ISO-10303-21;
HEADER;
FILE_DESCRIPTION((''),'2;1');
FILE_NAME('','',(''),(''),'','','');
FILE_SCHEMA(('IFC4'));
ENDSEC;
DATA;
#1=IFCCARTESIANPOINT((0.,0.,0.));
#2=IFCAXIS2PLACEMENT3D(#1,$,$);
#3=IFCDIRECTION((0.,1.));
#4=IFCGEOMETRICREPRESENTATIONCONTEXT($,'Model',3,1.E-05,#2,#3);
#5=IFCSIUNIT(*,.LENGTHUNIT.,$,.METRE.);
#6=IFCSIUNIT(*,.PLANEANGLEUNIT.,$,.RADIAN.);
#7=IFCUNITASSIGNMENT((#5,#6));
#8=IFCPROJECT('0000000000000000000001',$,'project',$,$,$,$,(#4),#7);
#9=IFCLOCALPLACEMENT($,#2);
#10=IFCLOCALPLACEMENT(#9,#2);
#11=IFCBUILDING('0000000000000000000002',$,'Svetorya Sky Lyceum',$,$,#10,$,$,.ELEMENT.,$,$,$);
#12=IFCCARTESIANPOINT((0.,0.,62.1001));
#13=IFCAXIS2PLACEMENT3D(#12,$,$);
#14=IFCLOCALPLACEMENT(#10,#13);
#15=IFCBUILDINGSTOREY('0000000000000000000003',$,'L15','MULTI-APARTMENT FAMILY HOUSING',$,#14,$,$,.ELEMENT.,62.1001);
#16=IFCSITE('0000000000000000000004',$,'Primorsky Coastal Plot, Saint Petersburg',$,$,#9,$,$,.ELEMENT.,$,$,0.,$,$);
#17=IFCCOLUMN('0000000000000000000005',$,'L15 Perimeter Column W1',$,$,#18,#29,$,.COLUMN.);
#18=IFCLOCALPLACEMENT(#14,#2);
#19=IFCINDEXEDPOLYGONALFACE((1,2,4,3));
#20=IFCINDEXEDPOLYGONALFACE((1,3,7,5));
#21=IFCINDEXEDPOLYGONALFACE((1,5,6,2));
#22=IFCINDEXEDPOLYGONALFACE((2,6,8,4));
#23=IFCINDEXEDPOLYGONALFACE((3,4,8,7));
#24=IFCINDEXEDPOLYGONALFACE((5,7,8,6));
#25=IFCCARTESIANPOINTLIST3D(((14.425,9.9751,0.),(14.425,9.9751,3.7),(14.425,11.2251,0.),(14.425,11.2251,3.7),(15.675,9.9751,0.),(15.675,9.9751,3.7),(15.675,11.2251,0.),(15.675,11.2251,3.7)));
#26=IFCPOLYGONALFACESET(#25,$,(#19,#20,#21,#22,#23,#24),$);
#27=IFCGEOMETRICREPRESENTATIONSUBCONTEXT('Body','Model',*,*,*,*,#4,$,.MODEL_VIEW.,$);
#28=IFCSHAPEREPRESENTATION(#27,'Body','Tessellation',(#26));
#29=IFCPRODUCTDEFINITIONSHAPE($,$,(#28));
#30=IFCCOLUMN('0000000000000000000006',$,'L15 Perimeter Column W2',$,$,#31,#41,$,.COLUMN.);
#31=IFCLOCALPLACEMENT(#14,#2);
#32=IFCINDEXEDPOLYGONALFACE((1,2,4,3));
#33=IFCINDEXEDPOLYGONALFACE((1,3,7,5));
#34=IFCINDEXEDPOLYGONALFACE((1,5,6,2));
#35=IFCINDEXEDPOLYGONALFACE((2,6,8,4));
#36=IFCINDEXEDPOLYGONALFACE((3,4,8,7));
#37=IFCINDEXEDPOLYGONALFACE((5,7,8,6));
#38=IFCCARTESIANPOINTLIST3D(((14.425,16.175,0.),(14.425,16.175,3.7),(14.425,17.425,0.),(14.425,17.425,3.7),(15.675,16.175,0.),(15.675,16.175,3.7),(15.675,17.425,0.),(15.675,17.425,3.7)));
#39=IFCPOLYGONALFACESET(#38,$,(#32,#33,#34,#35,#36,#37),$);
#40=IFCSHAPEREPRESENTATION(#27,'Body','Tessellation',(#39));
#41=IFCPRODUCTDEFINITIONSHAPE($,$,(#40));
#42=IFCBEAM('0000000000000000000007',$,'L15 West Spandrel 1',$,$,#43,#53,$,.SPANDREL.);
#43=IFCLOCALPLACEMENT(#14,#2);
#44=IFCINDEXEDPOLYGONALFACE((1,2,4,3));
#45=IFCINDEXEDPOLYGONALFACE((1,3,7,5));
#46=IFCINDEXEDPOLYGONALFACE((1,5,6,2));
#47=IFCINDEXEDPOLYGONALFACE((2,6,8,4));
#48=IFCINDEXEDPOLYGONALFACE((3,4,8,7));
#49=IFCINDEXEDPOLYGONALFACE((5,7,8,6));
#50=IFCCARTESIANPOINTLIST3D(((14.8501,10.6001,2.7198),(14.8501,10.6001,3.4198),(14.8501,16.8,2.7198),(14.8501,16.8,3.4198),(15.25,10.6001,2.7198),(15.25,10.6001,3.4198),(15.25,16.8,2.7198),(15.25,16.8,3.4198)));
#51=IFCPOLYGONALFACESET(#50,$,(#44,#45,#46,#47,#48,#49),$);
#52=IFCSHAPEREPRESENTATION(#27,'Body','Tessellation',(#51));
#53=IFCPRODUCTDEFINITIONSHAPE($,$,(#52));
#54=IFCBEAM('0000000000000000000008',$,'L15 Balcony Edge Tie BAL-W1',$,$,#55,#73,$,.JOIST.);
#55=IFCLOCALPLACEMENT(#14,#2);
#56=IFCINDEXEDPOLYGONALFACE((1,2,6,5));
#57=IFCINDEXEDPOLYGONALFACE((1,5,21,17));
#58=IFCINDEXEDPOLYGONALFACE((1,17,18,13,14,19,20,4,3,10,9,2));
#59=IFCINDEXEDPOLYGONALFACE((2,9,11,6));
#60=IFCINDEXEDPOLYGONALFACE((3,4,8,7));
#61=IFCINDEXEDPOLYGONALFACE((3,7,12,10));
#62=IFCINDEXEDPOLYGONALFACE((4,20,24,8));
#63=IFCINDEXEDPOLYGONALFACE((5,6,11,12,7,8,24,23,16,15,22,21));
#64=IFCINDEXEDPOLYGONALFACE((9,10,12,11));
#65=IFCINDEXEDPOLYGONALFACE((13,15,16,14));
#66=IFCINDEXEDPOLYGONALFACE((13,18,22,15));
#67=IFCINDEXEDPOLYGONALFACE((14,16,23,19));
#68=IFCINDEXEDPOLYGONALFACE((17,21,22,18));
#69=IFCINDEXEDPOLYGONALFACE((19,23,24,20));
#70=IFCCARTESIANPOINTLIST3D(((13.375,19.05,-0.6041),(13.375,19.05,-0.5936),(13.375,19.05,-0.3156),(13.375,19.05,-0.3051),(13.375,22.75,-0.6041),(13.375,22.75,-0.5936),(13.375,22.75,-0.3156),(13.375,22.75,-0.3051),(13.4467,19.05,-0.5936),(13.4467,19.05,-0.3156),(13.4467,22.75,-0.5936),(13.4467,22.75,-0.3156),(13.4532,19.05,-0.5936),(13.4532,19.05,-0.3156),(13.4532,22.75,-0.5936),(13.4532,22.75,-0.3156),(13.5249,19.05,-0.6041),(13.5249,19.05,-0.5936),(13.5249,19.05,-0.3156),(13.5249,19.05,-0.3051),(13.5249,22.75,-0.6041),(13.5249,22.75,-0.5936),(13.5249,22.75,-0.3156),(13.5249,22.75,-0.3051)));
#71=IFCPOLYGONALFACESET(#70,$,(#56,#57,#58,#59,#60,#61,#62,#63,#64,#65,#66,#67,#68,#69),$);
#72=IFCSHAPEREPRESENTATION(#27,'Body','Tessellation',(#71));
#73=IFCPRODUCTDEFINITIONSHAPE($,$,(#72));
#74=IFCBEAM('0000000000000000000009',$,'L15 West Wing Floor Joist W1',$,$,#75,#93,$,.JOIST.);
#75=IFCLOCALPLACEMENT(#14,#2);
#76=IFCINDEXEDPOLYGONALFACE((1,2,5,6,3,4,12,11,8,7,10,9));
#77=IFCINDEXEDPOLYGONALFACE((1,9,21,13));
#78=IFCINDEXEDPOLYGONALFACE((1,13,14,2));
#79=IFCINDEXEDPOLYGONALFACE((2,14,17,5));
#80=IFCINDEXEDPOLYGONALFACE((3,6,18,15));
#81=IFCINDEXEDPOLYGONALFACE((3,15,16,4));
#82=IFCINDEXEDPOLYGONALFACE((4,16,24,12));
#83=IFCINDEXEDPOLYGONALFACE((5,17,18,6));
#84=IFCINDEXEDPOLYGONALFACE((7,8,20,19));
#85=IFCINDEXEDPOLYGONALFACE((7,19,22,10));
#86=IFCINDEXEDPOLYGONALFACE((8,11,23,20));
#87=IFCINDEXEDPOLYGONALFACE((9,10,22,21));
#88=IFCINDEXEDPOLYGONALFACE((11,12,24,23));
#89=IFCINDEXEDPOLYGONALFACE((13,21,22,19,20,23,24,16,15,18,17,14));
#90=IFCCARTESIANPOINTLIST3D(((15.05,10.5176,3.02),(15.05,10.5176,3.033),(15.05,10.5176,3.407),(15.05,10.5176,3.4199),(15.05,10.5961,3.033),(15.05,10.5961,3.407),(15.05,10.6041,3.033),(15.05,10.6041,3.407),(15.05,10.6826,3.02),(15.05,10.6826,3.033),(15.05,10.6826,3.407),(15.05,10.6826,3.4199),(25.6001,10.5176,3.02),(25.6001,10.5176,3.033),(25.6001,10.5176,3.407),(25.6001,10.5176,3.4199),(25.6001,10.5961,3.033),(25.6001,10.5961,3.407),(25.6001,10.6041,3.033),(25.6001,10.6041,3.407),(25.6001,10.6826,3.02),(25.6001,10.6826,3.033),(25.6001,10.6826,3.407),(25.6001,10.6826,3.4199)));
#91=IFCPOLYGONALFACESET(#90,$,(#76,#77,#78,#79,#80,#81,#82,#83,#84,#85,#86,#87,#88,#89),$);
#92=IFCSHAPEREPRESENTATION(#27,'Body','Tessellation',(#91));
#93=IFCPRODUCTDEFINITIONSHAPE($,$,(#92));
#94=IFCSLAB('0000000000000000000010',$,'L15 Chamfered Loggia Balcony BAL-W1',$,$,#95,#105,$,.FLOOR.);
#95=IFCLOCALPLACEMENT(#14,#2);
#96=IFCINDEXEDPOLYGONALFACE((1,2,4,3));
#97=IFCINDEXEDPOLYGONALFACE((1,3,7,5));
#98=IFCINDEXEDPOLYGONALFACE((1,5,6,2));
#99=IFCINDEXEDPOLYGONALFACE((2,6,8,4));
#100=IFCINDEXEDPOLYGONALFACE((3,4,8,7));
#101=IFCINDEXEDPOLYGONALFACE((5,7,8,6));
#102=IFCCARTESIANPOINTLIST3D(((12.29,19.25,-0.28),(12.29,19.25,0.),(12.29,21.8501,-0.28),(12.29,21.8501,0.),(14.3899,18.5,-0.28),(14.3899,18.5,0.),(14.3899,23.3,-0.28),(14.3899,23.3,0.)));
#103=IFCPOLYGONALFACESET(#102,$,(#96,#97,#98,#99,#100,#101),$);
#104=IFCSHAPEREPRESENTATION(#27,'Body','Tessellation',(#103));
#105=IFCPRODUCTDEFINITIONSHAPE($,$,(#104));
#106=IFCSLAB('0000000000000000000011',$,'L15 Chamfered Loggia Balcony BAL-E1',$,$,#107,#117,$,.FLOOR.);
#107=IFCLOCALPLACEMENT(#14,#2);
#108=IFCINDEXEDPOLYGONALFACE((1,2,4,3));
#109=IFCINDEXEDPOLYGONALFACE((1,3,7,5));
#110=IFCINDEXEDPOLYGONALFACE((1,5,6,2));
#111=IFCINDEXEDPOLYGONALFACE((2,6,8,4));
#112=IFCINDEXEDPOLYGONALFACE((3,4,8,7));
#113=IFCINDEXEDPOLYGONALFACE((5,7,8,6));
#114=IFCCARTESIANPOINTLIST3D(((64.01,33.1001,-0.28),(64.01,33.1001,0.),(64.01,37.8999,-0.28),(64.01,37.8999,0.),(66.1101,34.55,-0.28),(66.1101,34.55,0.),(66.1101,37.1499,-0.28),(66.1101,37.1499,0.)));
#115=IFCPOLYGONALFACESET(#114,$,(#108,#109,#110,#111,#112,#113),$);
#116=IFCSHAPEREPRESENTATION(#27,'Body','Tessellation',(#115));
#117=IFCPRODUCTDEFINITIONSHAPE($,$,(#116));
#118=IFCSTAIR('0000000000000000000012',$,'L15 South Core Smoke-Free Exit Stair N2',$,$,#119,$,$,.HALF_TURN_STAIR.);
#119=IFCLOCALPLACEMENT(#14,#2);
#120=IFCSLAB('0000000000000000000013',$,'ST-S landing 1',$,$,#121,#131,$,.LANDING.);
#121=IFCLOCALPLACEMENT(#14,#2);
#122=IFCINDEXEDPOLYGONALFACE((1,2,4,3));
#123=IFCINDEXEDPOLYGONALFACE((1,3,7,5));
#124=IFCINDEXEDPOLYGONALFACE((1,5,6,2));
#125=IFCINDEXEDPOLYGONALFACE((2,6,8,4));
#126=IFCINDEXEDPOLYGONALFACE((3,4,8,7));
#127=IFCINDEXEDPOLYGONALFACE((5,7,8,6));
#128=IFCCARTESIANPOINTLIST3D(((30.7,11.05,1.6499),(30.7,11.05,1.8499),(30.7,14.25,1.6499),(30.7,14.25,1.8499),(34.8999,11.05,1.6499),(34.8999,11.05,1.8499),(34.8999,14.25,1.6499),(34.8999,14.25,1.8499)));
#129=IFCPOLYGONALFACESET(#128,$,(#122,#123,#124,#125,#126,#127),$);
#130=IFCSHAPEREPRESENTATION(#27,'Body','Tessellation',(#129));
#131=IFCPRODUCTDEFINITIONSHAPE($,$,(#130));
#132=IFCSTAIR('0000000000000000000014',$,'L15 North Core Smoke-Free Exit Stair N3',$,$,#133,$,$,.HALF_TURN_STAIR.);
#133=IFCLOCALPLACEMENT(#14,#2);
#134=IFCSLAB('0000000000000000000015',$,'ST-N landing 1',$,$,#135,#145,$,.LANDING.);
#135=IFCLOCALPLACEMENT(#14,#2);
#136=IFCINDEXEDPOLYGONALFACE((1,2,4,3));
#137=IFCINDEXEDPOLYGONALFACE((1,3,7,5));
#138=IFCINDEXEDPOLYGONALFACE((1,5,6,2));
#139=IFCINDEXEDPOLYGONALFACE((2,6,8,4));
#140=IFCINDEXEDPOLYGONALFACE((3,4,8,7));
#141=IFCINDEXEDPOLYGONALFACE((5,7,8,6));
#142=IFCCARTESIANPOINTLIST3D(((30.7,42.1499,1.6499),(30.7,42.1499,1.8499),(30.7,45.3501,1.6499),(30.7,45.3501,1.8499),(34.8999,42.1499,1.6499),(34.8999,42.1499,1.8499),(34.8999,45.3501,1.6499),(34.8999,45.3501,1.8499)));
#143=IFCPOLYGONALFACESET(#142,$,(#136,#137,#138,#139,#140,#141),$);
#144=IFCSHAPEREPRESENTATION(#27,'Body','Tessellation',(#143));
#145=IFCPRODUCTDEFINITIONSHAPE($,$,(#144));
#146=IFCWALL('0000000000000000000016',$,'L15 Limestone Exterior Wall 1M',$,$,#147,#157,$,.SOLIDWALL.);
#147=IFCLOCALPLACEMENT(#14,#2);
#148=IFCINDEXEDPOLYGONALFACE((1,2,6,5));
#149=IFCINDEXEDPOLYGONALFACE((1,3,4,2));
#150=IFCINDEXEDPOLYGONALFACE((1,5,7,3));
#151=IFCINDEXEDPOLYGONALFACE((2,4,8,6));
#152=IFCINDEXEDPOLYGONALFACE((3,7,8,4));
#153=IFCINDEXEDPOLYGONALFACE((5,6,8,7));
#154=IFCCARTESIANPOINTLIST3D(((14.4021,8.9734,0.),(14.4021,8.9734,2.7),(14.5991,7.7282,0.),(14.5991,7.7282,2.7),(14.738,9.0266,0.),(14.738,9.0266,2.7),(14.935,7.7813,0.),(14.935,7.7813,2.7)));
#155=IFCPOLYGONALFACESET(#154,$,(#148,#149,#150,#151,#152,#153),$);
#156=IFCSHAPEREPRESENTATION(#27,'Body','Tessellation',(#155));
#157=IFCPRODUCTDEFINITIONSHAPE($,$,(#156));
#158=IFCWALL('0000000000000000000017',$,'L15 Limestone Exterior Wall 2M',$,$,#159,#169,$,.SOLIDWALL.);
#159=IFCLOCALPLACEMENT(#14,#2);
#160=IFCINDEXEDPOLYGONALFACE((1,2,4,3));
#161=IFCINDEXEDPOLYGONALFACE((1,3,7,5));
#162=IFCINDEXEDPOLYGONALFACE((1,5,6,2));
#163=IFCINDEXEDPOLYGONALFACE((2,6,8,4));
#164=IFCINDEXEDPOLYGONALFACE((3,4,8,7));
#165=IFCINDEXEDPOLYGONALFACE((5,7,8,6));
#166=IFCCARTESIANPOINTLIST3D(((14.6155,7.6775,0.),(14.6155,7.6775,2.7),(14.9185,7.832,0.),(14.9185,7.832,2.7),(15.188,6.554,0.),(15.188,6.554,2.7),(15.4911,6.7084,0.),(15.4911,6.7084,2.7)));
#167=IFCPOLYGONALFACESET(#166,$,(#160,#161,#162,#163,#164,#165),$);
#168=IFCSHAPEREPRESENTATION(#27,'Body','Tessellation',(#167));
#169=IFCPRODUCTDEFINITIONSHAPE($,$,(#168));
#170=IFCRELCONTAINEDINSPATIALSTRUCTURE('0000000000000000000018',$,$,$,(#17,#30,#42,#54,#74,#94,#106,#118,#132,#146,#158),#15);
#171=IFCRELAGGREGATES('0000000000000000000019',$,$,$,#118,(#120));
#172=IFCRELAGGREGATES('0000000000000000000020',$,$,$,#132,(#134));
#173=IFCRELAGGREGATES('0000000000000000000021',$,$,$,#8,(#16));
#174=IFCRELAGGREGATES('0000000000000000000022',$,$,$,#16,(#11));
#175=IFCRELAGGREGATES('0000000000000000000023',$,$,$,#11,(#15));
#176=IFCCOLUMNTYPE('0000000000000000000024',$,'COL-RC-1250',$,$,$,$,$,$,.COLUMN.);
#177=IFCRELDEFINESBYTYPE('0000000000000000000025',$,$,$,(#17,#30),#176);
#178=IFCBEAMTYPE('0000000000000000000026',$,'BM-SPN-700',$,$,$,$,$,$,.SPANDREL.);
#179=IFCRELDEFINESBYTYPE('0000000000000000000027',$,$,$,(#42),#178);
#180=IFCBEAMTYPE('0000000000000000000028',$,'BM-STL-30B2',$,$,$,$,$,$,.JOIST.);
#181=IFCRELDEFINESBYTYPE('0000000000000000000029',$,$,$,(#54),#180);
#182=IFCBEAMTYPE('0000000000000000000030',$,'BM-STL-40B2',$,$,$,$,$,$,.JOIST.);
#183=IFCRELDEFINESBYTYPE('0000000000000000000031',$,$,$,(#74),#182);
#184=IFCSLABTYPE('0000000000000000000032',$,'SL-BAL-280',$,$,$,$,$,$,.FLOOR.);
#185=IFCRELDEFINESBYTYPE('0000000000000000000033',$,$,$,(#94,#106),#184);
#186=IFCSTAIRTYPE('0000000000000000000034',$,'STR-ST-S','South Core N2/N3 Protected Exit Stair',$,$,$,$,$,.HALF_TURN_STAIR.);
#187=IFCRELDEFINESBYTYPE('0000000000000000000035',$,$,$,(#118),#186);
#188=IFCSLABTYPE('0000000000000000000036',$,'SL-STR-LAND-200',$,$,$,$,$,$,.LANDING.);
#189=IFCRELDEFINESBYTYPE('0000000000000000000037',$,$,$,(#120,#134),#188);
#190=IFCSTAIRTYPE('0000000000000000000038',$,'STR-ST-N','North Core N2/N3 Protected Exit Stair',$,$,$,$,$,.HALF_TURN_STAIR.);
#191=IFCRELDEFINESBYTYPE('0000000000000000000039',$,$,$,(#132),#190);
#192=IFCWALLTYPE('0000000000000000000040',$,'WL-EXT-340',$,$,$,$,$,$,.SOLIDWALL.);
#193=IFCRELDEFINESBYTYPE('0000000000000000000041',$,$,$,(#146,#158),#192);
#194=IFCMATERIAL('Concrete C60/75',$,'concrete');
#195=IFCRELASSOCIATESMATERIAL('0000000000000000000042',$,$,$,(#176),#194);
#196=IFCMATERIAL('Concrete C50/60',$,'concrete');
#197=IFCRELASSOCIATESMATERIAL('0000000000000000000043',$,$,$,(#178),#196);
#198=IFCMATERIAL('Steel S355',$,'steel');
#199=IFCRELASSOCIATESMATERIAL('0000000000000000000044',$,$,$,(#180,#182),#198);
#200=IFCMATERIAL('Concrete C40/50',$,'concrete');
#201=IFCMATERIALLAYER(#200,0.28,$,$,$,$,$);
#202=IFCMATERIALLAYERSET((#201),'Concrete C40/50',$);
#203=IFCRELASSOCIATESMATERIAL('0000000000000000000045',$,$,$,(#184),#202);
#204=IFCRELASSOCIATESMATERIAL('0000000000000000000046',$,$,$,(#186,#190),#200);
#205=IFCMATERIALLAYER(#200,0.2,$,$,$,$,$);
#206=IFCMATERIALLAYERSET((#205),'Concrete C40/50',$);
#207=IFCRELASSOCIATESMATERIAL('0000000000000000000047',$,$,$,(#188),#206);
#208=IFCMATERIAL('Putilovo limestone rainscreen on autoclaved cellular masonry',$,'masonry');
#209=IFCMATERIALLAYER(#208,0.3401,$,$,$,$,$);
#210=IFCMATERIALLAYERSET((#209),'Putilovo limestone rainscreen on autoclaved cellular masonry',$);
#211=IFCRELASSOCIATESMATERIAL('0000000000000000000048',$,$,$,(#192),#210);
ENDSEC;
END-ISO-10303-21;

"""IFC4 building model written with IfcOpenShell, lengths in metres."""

from ifc_helpers import new_model, si_unit, direction, frame, frame_2d, origin, origin_2d, place, context, subcontext, project, spatial, polyline, rectangle, i_section, outline, extrude, material, layer, layer_set, material_profile, profile_set, type_object, element, aggregate, save


model = new_model("IFC4")

# Units and contexts
model_context = context("Model", 3, precision=1e-05, world=origin(), true_north=direction((0.0, 1.0)))
body_context = subcontext(model_context, "Body", "Model", "MODEL_VIEW")
ifc_project = project(units=[si_unit("LENGTHUNIT", "METRE"), si_unit("PLANEANGLEUNIT", "RADIAN")], contexts=[model_context])

# Site, building, storey
site_placement = place(None, origin())
site = spatial("IfcSite", under=ifc_project, at=site_placement, Name="Primorsky Coastal Plot, Saint Petersburg", CompositionType="ELEMENT", RefElevation=0.0)
building_placement = place(site_placement, origin())
building = spatial("IfcBuilding", under=site, at=building_placement, Name="Svetorya Sky Lyceum", CompositionType="ELEMENT")
storey_placement = place(building_placement, frame((0.0, 0.0, 62.1001)))
storey = spatial("IfcBuildingStorey", under=building, at=storey_placement, Name="L15", Description="MULTI-APARTMENT FAMILY HOUSING", CompositionType="ELEMENT", Elevation=62.1001)

# Columns
ifc_material_1 = material(Name="Concrete C60/75", Category="concrete")
ifc_material_profile_1 = material_profile(ifc_material_1, rectangle(XDim=1.25, YDim=1.25, at=origin_2d()), Name="RC COL 1250x1250")
ifc_profile_set_1 = profile_set([ifc_material_profile_1], Name="Concrete C60/75")
column_type = type_object("IfcColumnType", Name="COL-RC-1250", PredefinedType="COLUMN", material=ifc_profile_set_1)
for number, where, z_axis, x_axis, name in (
    (1, (15.05, 10.6001, 0.0), (0.0, 0.0, 1.0), (1.0, 0.0, 0.0), "L15 Perimeter Column W1"),
    (2, (15.05, 16.8, 0.0), (0.0, 0.0, 1.0), (1.0, 0.0, 0.0), "L15 Perimeter Column W2"),
):
    element("IfcColumn", number, at=place(storey_placement, frame(where, z_axis=z_axis, x_axis=x_axis)), inside=storey, type_object=column_type, Name=name, PredefinedType="COLUMN", context=body_context, shape_type="SweptSolid", body=[
        extrude(rectangle(XDim=1.25, YDim=1.25, at=origin_2d()), origin(), (0.0, 0.0, 1.0), 3.7),
    ])

# Beams
ifc_material_2 = material(Name="Concrete C50/60", Category="concrete")
ifc_material_profile_2 = material_profile(ifc_material_2, rectangle(XDim=0.3999, YDim=0.7, at=origin_2d()), Name="RC SPANDREL 400x700")
ifc_profile_set_2 = profile_set([ifc_material_profile_2], Name="Concrete C50/60")
beam_type_1 = type_object("IfcBeamType", Name="BM-SPN-700", PredefinedType="SPANDREL", material=ifc_profile_set_2)
beam_1_placement = place(storey_placement, frame((15.05, 10.6001, 3.0698), z_axis=(0.0, 1.0, 0.0), x_axis=(-1.0, 0.0, 0.0)))
element("IfcBeam", 3, at=beam_1_placement, inside=storey, type_object=beam_type_1, Name="L15 West Spandrel 1", PredefinedType="SPANDREL", context=body_context, shape_type="SweptSolid", body=[
    extrude(rectangle(XDim=0.3999, YDim=0.7, at=origin_2d()), origin(), (0.0, 0.0, 1.0), 6.2),
])
ifc_material_3 = material(Name="Steel S355", Category="steel")
ifc_material_profile_3 = material_profile(ifc_material_3, i_section(OverallWidth=0.1499, OverallDepth=0.2991, WebThickness=0.0066, FlangeThickness=0.0105, at=origin_2d()), Name="GOST 30B2")
ifc_profile_set_3 = profile_set([ifc_material_profile_3], Name="Steel S355")
beam_type_2 = type_object("IfcBeamType", Name="BM-STL-30B2", PredefinedType="JOIST", material=ifc_profile_set_3)
beam_2_placement = place(storey_placement, frame((13.45, 19.05, -0.4546), z_axis=(0.0, 1.0, 0.0), x_axis=(-1.0, 0.0, 0.0)))
element("IfcBeam", 4, at=beam_2_placement, inside=storey, type_object=beam_type_2, Name="L15 Balcony Edge Tie BAL-W1", PredefinedType="JOIST", context=body_context, shape_type="SweptSolid", body=[
    extrude(i_section(OverallWidth=0.1499, OverallDepth=0.2991, WebThickness=0.0066, FlangeThickness=0.0105, at=origin_2d()), origin(), (0.0, 0.0, 1.0), 3.7),
])
ifc_material_profile_4 = material_profile(ifc_material_3, i_section(OverallWidth=0.165, OverallDepth=0.3999, WebThickness=0.0081, FlangeThickness=0.0129, at=origin_2d()), Name="GOST 40B2")
ifc_profile_set_4 = profile_set([ifc_material_profile_4], Name="Steel S355")
beam_type_3 = type_object("IfcBeamType", Name="BM-STL-40B2", PredefinedType="JOIST", material=ifc_profile_set_4)
beam_3_placement = place(storey_placement, frame((15.05, 10.6001, 3.22), z_axis=(1.0, 0.0, 0.0), x_axis=(0.0, 1.0, 0.0)))
element("IfcBeam", 5, at=beam_3_placement, inside=storey, type_object=beam_type_3, Name="L15 West Wing Floor Joist W1", PredefinedType="JOIST", context=body_context, shape_type="SweptSolid", body=[
    extrude(i_section(OverallWidth=0.165, OverallDepth=0.3999, WebThickness=0.0081, FlangeThickness=0.0129, at=origin_2d()), origin(), (0.0, 0.0, 1.0), 10.55),
])

# Slabs
ifc_material_4 = material(Name="Concrete C40/50", Category="concrete")
ifc_layer_1 = layer(ifc_material_4, 0.28)
ifc_layer_set_1 = layer_set([ifc_layer_1], Name="Concrete C40/50")
slab_type_1 = type_object("IfcSlabType", Name="SL-BAL-280", PredefinedType="FLOOR", material=ifc_layer_set_1)
slab_1_placement = place(storey_placement, frame((0.0, 0.0, -0.28)))
element("IfcSlab", 6, at=slab_1_placement, inside=storey, type_object=slab_type_1, Name="L15 Chamfered Loggia Balcony BAL-W1", PredefinedType="FLOOR", context=body_context, shape_type="SweptSolid", body=[
    extrude(outline(polyline([(14.3899, 18.5), (14.3899, 23.3), (12.29, 21.8501), (12.29, 19.25), (14.3899, 18.5)])), origin(), (0.0, 0.0, 1.0), 0.28),
])
slab_2_placement = place(storey_placement, frame((0.0, 0.0, -0.28)))
element("IfcSlab", 7, at=slab_2_placement, inside=storey, type_object=slab_type_1, Name="L15 Chamfered Loggia Balcony BAL-E1", PredefinedType="FLOOR", context=body_context, shape_type="SweptSolid", body=[
    extrude(outline(polyline([(64.01, 33.1001), (66.1101, 34.55), (66.1101, 37.1499), (64.01, 37.8999), (64.01, 33.1001)])), origin(), (0.0, 0.0, 1.0), 0.28),
])

# Stairs, slabs
stair_type_1 = type_object("IfcStairType", Name="STR-ST-S", Description="South Core N2/N3 Protected Exit Stair", PredefinedType="HALF_TURN_STAIR", material=ifc_material_4)
stair_1_placement = place(storey_placement, origin())
stair_1 = element("IfcStair", 8, at=stair_1_placement, inside=storey, type_object=stair_type_1, Name="L15 South Core Smoke-Free Exit Stair N2", PredefinedType="HALF_TURN_STAIR")
ifc_layer_2 = layer(ifc_material_4, 0.2)
ifc_layer_set_2 = layer_set([ifc_layer_2], Name="Concrete C40/50")
slab_type_2 = type_object("IfcSlabType", Name="SL-STR-LAND-200", PredefinedType="LANDING", material=ifc_layer_set_2)
slab_3_placement = place(storey_placement, frame((0.0, 0.0, 1.6499)))
slab_3 = element("IfcSlab", 9, at=slab_3_placement, type_object=slab_type_2, Name="ST-S landing 1", PredefinedType="LANDING", context=body_context, shape_type="SweptSolid", body=[
    extrude(outline(polyline([(30.7, 11.05), (34.8999, 11.05), (34.8999, 14.25), (30.7, 14.25), (30.7, 11.05)])), origin(), (0.0, 0.0, 1.0), 0.2),
])
aggregate(stair_1, [slab_3])
stair_type_2 = type_object("IfcStairType", Name="STR-ST-N", Description="North Core N2/N3 Protected Exit Stair", PredefinedType="HALF_TURN_STAIR", material=ifc_material_4)
stair_2_placement = place(storey_placement, origin())
stair_2 = element("IfcStair", 10, at=stair_2_placement, inside=storey, type_object=stair_type_2, Name="L15 North Core Smoke-Free Exit Stair N3", PredefinedType="HALF_TURN_STAIR")
slab_4_placement = place(storey_placement, frame((0.0, 0.0, 1.6499)))
slab_4 = element("IfcSlab", 11, at=slab_4_placement, type_object=slab_type_2, Name="ST-N landing 1", PredefinedType="LANDING", context=body_context, shape_type="SweptSolid", body=[
    extrude(outline(polyline([(30.7, 42.1499), (34.8999, 42.1499), (34.8999, 45.3501), (30.7, 45.3501), (30.7, 42.1499)])), origin(), (0.0, 0.0, 1.0), 0.2),
])
aggregate(stair_2, [slab_4])

# Walls
ifc_material_5 = material(Name="Putilovo limestone rainscreen on autoclaved cellular masonry", Category="masonry")
ifc_layer_3 = layer(ifc_material_5, 0.3401)
ifc_layer_set_3 = layer_set([ifc_layer_3], Name="Putilovo limestone rainscreen on autoclaved cellular masonry")
wall_type_1 = type_object("IfcWallType", Name="WL-EXT-340", PredefinedType="SOLIDWALL", material=ifc_layer_set_3)
wall_1_placement = place(storey_placement, frame((14.5701, 9.0, 0.0), z_axis=(0.0, 0.0, 1.0), x_axis=(0.156261, -0.987716, 0.0)))
element("IfcWall", 12, at=wall_1_placement, inside=storey, type_object=wall_type_1, Name="L15 Limestone Exterior Wall 1M", PredefinedType="SOLIDWALL", context=body_context, shape_type="SweptSolid", body=[
    extrude(rectangle(XDim=1.2607, YDim=0.3401, at=frame_2d((0.6304, 0.0))), origin(), (0.0, 0.0, 1.0), 2.7),
])
wall_2_placement = place(storey_placement, frame((14.7671, 7.7546, 0.0), z_axis=(0.0, 0.0, 1.0), x_axis=(0.454016, -0.890994, 0.0)))
element("IfcWall", 13, at=wall_2_placement, inside=storey, type_object=wall_type_1, Name="L15 Limestone Exterior Wall 2M", PredefinedType="SOLIDWALL", context=body_context, shape_type="SweptSolid", body=[
    extrude(rectangle(XDim=1.261, YDim=0.3401, at=frame_2d((0.6304, 0.0))), origin(), (0.0, 0.0, 1.0), 2.7),
])

save(model, "model.ifc")
